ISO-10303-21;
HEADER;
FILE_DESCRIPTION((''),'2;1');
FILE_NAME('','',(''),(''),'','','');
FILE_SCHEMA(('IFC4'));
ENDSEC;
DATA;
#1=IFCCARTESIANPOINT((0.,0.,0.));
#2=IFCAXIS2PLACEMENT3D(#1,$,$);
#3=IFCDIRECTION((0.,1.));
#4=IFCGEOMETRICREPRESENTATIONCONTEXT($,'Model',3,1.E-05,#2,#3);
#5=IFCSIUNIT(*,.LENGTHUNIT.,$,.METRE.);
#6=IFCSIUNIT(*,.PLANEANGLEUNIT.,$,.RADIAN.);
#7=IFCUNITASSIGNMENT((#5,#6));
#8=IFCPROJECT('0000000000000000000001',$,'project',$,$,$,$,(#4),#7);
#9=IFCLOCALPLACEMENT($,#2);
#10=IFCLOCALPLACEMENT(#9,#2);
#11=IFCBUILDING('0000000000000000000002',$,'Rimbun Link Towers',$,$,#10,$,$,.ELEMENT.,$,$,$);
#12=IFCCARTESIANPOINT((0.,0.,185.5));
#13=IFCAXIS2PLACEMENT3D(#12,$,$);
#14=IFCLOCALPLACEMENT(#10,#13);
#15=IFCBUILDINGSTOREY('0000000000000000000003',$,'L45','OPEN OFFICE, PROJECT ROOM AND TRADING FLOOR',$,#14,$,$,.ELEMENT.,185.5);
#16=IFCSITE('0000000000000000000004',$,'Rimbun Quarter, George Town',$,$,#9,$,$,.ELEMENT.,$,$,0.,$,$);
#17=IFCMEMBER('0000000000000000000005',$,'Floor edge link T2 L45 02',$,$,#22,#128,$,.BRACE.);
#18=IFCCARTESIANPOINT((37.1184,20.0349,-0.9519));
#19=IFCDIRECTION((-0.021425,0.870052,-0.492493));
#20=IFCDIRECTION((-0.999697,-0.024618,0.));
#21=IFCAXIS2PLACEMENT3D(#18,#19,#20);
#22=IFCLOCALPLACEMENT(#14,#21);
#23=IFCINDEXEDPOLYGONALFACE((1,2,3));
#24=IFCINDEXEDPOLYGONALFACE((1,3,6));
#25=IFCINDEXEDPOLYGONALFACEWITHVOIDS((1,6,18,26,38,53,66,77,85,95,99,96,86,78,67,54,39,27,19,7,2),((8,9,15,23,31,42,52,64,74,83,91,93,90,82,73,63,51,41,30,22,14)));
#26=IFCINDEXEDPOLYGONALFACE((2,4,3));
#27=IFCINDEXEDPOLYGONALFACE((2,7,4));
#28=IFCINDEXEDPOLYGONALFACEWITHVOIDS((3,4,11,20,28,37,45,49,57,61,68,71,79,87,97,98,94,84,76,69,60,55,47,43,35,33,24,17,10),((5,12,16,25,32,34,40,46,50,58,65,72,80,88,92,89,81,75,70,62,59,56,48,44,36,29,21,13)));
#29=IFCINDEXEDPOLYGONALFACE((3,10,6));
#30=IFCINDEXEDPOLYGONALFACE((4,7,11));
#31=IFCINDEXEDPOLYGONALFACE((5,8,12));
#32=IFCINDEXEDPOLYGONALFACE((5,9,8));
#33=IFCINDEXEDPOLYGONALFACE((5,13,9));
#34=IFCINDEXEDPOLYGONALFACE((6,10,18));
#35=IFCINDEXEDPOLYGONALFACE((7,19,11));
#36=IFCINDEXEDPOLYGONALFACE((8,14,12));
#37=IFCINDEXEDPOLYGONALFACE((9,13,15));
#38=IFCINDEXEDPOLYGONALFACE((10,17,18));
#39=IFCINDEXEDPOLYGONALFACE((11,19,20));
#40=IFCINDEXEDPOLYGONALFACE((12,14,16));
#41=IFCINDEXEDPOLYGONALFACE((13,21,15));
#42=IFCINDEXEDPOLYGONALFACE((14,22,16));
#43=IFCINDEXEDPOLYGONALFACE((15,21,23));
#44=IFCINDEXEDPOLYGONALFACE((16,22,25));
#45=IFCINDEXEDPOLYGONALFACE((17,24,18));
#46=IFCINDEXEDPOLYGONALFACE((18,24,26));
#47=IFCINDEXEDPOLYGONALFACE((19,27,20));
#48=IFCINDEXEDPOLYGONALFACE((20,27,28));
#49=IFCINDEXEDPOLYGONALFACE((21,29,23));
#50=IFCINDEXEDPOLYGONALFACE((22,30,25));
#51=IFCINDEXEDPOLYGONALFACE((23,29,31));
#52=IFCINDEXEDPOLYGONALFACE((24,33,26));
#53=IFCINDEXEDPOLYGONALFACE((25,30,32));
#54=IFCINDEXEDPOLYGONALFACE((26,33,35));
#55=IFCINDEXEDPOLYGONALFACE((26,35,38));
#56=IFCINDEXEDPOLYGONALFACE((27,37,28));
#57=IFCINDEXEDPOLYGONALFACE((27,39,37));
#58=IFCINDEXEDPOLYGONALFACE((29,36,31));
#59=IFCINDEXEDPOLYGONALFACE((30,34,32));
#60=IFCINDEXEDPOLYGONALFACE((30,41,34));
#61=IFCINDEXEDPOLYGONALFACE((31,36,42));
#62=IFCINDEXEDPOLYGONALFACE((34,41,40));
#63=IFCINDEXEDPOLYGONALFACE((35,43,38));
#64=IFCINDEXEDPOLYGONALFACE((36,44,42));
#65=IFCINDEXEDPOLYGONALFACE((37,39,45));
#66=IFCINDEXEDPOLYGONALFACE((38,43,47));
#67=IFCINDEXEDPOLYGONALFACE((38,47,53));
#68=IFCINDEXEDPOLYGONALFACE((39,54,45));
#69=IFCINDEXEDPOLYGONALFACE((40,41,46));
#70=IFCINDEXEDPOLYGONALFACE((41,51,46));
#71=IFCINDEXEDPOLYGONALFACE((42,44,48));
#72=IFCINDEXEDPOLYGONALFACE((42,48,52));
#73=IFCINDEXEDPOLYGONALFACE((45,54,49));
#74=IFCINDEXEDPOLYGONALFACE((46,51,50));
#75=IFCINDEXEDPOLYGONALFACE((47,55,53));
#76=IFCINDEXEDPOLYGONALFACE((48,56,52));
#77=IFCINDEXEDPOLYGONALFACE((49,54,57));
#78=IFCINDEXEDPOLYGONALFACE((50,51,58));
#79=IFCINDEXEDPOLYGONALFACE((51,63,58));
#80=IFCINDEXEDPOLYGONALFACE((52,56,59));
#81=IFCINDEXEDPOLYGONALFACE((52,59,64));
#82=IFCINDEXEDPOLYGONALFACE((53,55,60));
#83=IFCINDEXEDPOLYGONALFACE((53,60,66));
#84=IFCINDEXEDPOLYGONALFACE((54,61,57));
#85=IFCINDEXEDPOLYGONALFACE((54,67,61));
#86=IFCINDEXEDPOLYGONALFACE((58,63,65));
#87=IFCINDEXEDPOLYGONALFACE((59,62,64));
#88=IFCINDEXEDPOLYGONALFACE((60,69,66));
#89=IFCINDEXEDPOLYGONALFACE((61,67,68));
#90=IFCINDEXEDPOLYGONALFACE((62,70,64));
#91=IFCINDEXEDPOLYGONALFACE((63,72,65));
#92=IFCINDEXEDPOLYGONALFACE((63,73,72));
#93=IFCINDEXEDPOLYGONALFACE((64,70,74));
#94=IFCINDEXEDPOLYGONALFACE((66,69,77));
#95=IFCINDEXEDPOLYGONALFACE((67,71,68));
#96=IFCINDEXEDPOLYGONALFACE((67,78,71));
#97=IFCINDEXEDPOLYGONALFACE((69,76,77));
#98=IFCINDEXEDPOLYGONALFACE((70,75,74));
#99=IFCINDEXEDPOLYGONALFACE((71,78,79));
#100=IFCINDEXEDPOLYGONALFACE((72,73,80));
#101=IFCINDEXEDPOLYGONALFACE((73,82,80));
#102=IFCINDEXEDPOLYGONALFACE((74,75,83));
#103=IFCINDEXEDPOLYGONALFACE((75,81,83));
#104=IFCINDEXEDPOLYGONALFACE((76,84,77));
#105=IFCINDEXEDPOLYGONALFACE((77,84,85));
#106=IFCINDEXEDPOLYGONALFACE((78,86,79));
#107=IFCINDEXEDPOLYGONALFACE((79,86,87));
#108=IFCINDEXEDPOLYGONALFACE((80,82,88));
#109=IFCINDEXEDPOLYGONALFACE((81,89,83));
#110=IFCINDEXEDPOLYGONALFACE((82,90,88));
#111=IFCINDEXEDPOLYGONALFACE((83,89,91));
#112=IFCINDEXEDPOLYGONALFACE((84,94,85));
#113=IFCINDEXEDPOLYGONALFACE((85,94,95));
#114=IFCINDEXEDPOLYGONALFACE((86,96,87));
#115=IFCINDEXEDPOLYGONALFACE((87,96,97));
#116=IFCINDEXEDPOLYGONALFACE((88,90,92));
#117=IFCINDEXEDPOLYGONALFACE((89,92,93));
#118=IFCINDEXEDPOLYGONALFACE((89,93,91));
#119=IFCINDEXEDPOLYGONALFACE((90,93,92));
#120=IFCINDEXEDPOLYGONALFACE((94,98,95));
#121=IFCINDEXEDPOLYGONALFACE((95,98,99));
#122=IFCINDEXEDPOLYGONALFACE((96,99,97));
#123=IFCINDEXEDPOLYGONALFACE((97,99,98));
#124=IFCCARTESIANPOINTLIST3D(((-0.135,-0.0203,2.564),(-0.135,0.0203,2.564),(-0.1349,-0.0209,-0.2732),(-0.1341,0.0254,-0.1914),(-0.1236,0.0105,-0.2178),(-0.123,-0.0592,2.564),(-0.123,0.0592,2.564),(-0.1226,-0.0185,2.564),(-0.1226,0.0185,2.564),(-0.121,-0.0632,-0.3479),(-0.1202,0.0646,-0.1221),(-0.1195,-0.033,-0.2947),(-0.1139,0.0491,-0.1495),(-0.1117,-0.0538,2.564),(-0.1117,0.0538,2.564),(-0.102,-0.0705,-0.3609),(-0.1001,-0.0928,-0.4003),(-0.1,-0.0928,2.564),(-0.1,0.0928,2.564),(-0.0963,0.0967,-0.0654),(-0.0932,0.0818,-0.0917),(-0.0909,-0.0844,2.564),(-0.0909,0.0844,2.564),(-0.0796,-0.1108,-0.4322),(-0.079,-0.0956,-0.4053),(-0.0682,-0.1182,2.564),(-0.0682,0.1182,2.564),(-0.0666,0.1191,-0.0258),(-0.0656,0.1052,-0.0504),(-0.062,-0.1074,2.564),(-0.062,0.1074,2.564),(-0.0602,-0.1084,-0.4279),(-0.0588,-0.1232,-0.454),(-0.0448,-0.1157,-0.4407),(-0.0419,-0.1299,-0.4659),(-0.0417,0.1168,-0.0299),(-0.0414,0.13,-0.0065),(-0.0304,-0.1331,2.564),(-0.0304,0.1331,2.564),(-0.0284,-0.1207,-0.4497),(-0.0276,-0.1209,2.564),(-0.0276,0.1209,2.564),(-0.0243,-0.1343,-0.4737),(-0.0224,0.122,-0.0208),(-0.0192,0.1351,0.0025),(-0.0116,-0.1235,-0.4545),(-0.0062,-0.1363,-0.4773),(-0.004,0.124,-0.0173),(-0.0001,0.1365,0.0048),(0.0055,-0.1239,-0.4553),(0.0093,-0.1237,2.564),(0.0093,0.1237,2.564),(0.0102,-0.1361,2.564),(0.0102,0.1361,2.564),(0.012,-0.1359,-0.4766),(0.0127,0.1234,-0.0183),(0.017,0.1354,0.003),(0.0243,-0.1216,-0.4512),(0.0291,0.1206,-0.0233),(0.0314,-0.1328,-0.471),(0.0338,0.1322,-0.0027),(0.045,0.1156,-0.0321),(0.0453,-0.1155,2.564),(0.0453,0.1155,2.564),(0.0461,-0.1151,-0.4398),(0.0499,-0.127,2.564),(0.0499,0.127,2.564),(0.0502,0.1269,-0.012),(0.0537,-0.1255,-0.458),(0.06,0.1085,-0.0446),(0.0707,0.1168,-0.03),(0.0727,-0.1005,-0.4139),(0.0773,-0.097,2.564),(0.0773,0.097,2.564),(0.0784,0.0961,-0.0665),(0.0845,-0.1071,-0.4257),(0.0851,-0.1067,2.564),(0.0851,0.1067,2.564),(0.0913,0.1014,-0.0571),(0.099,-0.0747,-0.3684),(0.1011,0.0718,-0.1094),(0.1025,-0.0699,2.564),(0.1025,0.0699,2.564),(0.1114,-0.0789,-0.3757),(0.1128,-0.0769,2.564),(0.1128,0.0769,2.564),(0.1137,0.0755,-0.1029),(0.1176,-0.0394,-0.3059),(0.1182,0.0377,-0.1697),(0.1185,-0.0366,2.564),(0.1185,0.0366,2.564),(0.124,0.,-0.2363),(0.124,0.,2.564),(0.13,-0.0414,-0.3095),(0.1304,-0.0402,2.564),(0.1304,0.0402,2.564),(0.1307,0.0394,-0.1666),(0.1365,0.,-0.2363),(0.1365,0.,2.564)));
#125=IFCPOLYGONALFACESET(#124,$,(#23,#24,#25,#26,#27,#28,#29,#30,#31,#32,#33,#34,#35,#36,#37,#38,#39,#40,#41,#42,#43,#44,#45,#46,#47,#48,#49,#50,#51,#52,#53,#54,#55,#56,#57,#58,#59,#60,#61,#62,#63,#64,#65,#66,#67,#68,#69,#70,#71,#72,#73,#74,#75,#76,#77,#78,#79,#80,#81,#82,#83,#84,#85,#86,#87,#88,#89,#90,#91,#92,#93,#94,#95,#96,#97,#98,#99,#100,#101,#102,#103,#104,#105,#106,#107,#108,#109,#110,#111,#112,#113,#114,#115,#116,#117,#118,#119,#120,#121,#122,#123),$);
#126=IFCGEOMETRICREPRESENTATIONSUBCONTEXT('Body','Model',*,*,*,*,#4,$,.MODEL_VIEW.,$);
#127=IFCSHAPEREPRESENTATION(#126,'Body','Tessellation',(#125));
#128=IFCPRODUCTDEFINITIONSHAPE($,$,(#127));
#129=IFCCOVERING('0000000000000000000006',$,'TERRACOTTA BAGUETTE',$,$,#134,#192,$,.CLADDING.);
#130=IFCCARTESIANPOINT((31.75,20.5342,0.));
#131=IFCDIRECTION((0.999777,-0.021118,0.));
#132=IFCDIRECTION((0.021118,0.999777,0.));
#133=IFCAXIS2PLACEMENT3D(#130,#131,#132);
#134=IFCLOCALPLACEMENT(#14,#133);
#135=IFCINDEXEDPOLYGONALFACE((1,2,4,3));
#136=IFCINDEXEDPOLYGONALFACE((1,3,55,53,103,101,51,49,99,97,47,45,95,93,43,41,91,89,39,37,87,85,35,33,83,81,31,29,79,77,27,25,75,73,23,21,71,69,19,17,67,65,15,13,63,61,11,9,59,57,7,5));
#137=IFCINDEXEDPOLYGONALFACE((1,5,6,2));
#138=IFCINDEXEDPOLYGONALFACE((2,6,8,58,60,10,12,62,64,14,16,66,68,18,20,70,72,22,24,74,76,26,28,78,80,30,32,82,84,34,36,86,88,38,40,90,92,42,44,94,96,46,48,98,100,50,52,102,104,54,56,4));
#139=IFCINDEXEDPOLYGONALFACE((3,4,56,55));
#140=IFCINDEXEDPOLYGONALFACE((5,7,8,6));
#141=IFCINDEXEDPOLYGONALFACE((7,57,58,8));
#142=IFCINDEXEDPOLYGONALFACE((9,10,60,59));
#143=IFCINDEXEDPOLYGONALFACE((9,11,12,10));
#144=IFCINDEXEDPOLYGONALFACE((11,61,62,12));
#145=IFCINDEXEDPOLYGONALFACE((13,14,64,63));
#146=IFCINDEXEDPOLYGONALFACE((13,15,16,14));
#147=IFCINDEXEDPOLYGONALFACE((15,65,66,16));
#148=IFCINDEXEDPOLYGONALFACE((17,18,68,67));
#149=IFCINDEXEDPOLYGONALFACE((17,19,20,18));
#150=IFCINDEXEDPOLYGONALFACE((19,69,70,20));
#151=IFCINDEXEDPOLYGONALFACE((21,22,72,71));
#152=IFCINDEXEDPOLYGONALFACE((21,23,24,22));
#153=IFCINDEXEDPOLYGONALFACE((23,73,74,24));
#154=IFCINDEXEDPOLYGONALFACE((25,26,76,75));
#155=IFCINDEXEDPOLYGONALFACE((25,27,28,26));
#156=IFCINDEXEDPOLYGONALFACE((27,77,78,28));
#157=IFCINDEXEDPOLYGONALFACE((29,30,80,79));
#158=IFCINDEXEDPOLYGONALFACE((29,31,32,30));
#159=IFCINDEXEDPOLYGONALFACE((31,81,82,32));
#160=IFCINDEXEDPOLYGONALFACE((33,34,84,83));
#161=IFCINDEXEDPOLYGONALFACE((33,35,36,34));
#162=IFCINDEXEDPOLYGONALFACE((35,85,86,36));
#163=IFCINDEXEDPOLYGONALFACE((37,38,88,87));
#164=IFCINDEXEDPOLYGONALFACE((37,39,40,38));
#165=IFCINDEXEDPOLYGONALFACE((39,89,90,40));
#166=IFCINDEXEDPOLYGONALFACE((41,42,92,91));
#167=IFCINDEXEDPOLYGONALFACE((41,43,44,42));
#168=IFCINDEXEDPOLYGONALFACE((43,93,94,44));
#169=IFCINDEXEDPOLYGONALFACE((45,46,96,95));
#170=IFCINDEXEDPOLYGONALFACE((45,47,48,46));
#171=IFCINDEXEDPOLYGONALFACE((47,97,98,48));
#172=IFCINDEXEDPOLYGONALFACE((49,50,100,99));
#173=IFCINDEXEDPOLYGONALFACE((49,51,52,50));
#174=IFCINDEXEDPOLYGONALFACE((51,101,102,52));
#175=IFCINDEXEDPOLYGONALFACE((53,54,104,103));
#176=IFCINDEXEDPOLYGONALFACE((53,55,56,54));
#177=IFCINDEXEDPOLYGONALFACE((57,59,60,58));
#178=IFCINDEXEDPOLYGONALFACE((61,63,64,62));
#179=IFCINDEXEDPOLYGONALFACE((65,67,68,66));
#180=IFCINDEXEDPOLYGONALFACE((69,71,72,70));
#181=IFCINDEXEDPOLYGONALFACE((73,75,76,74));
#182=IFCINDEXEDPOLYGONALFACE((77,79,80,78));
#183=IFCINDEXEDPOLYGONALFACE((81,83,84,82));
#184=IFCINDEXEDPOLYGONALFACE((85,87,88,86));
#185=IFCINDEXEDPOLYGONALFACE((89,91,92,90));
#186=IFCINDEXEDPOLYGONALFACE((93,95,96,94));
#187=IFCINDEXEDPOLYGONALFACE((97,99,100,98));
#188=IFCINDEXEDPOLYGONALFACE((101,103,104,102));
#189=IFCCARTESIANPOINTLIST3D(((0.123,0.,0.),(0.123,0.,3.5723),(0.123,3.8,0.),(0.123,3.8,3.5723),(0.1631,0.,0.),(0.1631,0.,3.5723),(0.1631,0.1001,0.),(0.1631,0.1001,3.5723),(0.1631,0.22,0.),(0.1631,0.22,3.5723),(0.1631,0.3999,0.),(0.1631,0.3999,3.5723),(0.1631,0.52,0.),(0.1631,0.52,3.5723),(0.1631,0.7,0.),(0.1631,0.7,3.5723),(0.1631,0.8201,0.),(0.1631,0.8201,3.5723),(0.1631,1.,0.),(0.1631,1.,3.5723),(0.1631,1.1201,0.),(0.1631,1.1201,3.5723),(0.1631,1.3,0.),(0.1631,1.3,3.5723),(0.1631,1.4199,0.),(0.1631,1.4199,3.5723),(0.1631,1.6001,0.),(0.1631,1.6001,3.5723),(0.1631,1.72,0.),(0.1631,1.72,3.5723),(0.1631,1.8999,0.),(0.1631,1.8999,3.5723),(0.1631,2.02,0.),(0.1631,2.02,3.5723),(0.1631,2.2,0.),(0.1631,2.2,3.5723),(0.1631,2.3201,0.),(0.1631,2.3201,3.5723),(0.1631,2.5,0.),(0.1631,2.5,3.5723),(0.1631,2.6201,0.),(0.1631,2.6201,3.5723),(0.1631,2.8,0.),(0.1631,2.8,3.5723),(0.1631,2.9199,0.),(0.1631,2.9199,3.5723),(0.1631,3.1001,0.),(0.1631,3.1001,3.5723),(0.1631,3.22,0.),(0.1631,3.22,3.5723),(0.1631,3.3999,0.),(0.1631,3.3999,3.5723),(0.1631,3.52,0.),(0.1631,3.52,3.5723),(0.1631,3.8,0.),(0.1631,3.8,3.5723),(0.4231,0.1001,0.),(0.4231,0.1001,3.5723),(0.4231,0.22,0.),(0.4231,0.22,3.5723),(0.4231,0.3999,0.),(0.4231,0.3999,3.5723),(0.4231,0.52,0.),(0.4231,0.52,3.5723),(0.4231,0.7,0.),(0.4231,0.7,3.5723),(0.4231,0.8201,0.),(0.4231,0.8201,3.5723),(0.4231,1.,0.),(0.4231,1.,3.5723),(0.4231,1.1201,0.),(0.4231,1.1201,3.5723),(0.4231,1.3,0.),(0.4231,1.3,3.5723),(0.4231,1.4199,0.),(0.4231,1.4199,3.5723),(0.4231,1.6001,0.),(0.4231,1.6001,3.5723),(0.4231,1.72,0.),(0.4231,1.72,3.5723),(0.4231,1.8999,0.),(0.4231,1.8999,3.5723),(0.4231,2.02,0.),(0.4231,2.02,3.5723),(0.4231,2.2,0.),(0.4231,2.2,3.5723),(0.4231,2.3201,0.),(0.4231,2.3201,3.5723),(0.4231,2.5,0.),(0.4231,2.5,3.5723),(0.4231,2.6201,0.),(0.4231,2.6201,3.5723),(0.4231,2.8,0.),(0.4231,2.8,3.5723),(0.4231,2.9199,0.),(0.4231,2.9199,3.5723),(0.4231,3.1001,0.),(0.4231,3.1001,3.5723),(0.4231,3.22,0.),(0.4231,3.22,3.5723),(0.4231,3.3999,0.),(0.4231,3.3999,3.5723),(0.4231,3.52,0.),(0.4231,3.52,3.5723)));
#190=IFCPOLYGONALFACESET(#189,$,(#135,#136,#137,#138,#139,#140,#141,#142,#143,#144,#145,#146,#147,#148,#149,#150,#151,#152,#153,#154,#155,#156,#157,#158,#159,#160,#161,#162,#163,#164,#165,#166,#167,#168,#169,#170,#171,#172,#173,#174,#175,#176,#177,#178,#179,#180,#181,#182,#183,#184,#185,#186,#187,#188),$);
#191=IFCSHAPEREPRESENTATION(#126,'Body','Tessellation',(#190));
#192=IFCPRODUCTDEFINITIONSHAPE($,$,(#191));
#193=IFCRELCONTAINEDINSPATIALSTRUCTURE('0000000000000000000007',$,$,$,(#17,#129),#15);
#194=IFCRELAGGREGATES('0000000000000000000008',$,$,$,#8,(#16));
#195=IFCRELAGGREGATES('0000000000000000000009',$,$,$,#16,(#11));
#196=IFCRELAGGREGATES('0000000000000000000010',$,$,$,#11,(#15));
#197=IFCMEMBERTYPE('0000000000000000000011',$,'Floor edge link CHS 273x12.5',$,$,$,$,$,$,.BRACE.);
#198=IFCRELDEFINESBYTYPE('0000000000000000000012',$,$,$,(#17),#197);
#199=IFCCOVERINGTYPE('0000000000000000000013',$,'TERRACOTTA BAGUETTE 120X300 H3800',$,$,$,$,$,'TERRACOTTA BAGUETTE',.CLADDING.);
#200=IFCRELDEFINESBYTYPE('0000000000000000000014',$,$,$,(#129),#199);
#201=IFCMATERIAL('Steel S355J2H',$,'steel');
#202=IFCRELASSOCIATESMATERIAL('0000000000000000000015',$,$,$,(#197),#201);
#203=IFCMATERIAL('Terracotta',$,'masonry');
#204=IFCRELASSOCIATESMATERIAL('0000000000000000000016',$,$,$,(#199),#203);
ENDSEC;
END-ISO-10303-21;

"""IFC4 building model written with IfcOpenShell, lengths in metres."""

from ifc_helpers import new_model, si_unit, direction, frame, origin, origin_2d, place, context, subcontext, project, spatial, polyline, hollow_circle, outline, extrude, clip, halfspace, material, material_profile, profile_set, type_object, element, save


model = new_model("IFC4")

# Units and contexts
model_context = context("Model", 3, precision=1e-05, world=origin(), true_north=direction((0.0, 1.0)))
body_context = subcontext(model_context, "Body", "Model", "MODEL_VIEW")
ifc_project = project(units=[si_unit("LENGTHUNIT", "METRE"), si_unit("PLANEANGLEUNIT", "RADIAN")], contexts=[model_context])

# Site, building, storey
site_placement = place(None, origin())
site = spatial("IfcSite", under=ifc_project, at=site_placement, Name="Rimbun Quarter, George Town", CompositionType="ELEMENT", RefElevation=0.0)
building_placement = place(site_placement, origin())
building = spatial("IfcBuilding", under=site, at=building_placement, Name="Rimbun Link Towers", CompositionType="ELEMENT")
storey_placement = place(building_placement, frame((0.0, 0.0, 185.5)))
storey = spatial("IfcBuildingStorey", under=building, at=storey_placement, Name="L45", Description="OPEN OFFICE, PROJECT ROOM AND TRADING FLOOR", CompositionType="ELEMENT", Elevation=185.5)

# Member
ifc_material_1 = material(Name="Steel S355J2H", Category="steel")
ifc_material_profile_1 = material_profile(ifc_material_1, hollow_circle(Radius=0.1365, WallThickness=0.0125, at=origin_2d()), Name="CHS 273x12.5")
ifc_profile_set_1 = profile_set([ifc_material_profile_1], Name="Steel S355J2H")
member_type_1 = type_object("IfcMemberType", Name="Floor edge link CHS 273x12.5", PredefinedType="BRACE", material=ifc_profile_set_1)
member_1_placement = place(storey_placement, frame((37.1184, 20.0349, -0.9519), z_axis=(-0.021425, 0.870052, -0.492493), x_axis=(-0.999697, -0.024618, 0.0)))
element("IfcMember", 1, at=member_1_placement, inside=storey, type_object=member_type_1, Name="Floor edge link T2 L45 02", PredefinedType="BRACE", context=body_context, shape_type="Clipping", body=[
    clip(extrude(hollow_circle(Radius=0.1365, WallThickness=0.0125, at=origin_2d()), frame((0.0, 0.0, -0.5027)), (0.0, 0.0, 1.0), 3.0667), halfspace(frame((0.0, 0.0, -0.2363), z_axis=(0.0, 0.870316, -0.492493)), False)),
])

# Covering
ifc_material_2 = material(Name="Terracotta", Category="masonry")
ifc_material_profile_2 = material_profile(ifc_material_2, outline(polyline([(0.123, 0.0), (0.1631, 0.0), (0.1631, 0.1001), (0.4231, 0.1001), (0.4231, 0.22), (0.1631, 0.22), (0.1631, 0.3999), (0.4231, 0.3999), (0.4231, 0.52), (0.1631, 0.52), (0.1631, 0.7), (0.4231, 0.7), (0.4231, 0.8201), (0.1631, 0.8201), (0.1631, 1.0), (0.4231, 1.0), (0.4231, 1.1201), (0.1631, 1.1201), (0.1631, 1.3), (0.4231, 1.3), (0.4231, 1.4199), (0.1631, 1.4199), (0.1631, 1.6001), (0.4231, 1.6001), (0.4231, 1.72), (0.1631, 1.72), (0.1631, 1.8999), (0.4231, 1.8999), (0.4231, 2.02), (0.1631, 2.02), (0.1631, 2.2), (0.4231, 2.2), (0.4231, 2.3201), (0.1631, 2.3201), (0.1631, 2.5), (0.4231, 2.5), (0.4231, 2.6201), (0.1631, 2.6201), (0.1631, 2.8), (0.4231, 2.8), (0.4231, 2.9199), (0.1631, 2.9199), (0.1631, 3.1001), (0.4231, 3.1001), (0.4231, 3.22), (0.1631, 3.22), (0.1631, 3.3999), (0.4231, 3.3999), (0.4231, 3.52), (0.1631, 3.52), (0.1631, 3.8), (0.123, 3.8), (0.123, 0.0)])), Name="BAGUETTE 120X300")
ifc_profile_set_2 = profile_set([ifc_material_profile_2], Name="Terracotta")
covering_type = type_object("IfcCoveringType", Name="TERRACOTTA BAGUETTE 120X300 H3800", ElementType="TERRACOTTA BAGUETTE", PredefinedType="CLADDING", material=ifc_profile_set_2)
covering_1_placement = place(storey_placement, frame((31.75, 20.5342, 0.0), z_axis=(0.999777, -0.021118, 0.0), x_axis=(0.021118, 0.999777, 0.0)))
element("IfcCovering", 2, at=covering_1_placement, inside=storey, type_object=covering_type, Name="TERRACOTTA BAGUETTE", PredefinedType="CLADDING", context=body_context, shape_type="SweptSolid", body=[
    extrude(outline(polyline([(0.123, 0.0), (0.1631, 0.0), (0.1631, 0.1001), (0.4231, 0.1001), (0.4231, 0.22), (0.1631, 0.22), (0.1631, 0.3999), (0.4231, 0.3999), (0.4231, 0.52), (0.1631, 0.52), (0.1631, 0.7), (0.4231, 0.7), (0.4231, 0.8201), (0.1631, 0.8201), (0.1631, 1.0), (0.4231, 1.0), (0.4231, 1.1201), (0.1631, 1.1201), (0.1631, 1.3), (0.4231, 1.3), (0.4231, 1.4199), (0.1631, 1.4199), (0.1631, 1.6001), (0.4231, 1.6001), (0.4231, 1.72), (0.1631, 1.72), (0.1631, 1.8999), (0.4231, 1.8999), (0.4231, 2.02), (0.1631, 2.02), (0.1631, 2.2), (0.4231, 2.2), (0.4231, 2.3201), (0.1631, 2.3201), (0.1631, 2.5), (0.4231, 2.5), (0.4231, 2.6201), (0.1631, 2.6201), (0.1631, 2.8), (0.4231, 2.8), (0.4231, 2.9199), (0.1631, 2.9199), (0.1631, 3.1001), (0.4231, 3.1001), (0.4231, 3.22), (0.1631, 3.22), (0.1631, 3.3999), (0.4231, 3.3999), (0.4231, 3.52), (0.1631, 3.52), (0.1631, 3.8), (0.123, 3.8), (0.123, 0.0)])), origin(), (0.0, 0.0, 1.0), 3.5723),
])

save(model, "model.ifc")
